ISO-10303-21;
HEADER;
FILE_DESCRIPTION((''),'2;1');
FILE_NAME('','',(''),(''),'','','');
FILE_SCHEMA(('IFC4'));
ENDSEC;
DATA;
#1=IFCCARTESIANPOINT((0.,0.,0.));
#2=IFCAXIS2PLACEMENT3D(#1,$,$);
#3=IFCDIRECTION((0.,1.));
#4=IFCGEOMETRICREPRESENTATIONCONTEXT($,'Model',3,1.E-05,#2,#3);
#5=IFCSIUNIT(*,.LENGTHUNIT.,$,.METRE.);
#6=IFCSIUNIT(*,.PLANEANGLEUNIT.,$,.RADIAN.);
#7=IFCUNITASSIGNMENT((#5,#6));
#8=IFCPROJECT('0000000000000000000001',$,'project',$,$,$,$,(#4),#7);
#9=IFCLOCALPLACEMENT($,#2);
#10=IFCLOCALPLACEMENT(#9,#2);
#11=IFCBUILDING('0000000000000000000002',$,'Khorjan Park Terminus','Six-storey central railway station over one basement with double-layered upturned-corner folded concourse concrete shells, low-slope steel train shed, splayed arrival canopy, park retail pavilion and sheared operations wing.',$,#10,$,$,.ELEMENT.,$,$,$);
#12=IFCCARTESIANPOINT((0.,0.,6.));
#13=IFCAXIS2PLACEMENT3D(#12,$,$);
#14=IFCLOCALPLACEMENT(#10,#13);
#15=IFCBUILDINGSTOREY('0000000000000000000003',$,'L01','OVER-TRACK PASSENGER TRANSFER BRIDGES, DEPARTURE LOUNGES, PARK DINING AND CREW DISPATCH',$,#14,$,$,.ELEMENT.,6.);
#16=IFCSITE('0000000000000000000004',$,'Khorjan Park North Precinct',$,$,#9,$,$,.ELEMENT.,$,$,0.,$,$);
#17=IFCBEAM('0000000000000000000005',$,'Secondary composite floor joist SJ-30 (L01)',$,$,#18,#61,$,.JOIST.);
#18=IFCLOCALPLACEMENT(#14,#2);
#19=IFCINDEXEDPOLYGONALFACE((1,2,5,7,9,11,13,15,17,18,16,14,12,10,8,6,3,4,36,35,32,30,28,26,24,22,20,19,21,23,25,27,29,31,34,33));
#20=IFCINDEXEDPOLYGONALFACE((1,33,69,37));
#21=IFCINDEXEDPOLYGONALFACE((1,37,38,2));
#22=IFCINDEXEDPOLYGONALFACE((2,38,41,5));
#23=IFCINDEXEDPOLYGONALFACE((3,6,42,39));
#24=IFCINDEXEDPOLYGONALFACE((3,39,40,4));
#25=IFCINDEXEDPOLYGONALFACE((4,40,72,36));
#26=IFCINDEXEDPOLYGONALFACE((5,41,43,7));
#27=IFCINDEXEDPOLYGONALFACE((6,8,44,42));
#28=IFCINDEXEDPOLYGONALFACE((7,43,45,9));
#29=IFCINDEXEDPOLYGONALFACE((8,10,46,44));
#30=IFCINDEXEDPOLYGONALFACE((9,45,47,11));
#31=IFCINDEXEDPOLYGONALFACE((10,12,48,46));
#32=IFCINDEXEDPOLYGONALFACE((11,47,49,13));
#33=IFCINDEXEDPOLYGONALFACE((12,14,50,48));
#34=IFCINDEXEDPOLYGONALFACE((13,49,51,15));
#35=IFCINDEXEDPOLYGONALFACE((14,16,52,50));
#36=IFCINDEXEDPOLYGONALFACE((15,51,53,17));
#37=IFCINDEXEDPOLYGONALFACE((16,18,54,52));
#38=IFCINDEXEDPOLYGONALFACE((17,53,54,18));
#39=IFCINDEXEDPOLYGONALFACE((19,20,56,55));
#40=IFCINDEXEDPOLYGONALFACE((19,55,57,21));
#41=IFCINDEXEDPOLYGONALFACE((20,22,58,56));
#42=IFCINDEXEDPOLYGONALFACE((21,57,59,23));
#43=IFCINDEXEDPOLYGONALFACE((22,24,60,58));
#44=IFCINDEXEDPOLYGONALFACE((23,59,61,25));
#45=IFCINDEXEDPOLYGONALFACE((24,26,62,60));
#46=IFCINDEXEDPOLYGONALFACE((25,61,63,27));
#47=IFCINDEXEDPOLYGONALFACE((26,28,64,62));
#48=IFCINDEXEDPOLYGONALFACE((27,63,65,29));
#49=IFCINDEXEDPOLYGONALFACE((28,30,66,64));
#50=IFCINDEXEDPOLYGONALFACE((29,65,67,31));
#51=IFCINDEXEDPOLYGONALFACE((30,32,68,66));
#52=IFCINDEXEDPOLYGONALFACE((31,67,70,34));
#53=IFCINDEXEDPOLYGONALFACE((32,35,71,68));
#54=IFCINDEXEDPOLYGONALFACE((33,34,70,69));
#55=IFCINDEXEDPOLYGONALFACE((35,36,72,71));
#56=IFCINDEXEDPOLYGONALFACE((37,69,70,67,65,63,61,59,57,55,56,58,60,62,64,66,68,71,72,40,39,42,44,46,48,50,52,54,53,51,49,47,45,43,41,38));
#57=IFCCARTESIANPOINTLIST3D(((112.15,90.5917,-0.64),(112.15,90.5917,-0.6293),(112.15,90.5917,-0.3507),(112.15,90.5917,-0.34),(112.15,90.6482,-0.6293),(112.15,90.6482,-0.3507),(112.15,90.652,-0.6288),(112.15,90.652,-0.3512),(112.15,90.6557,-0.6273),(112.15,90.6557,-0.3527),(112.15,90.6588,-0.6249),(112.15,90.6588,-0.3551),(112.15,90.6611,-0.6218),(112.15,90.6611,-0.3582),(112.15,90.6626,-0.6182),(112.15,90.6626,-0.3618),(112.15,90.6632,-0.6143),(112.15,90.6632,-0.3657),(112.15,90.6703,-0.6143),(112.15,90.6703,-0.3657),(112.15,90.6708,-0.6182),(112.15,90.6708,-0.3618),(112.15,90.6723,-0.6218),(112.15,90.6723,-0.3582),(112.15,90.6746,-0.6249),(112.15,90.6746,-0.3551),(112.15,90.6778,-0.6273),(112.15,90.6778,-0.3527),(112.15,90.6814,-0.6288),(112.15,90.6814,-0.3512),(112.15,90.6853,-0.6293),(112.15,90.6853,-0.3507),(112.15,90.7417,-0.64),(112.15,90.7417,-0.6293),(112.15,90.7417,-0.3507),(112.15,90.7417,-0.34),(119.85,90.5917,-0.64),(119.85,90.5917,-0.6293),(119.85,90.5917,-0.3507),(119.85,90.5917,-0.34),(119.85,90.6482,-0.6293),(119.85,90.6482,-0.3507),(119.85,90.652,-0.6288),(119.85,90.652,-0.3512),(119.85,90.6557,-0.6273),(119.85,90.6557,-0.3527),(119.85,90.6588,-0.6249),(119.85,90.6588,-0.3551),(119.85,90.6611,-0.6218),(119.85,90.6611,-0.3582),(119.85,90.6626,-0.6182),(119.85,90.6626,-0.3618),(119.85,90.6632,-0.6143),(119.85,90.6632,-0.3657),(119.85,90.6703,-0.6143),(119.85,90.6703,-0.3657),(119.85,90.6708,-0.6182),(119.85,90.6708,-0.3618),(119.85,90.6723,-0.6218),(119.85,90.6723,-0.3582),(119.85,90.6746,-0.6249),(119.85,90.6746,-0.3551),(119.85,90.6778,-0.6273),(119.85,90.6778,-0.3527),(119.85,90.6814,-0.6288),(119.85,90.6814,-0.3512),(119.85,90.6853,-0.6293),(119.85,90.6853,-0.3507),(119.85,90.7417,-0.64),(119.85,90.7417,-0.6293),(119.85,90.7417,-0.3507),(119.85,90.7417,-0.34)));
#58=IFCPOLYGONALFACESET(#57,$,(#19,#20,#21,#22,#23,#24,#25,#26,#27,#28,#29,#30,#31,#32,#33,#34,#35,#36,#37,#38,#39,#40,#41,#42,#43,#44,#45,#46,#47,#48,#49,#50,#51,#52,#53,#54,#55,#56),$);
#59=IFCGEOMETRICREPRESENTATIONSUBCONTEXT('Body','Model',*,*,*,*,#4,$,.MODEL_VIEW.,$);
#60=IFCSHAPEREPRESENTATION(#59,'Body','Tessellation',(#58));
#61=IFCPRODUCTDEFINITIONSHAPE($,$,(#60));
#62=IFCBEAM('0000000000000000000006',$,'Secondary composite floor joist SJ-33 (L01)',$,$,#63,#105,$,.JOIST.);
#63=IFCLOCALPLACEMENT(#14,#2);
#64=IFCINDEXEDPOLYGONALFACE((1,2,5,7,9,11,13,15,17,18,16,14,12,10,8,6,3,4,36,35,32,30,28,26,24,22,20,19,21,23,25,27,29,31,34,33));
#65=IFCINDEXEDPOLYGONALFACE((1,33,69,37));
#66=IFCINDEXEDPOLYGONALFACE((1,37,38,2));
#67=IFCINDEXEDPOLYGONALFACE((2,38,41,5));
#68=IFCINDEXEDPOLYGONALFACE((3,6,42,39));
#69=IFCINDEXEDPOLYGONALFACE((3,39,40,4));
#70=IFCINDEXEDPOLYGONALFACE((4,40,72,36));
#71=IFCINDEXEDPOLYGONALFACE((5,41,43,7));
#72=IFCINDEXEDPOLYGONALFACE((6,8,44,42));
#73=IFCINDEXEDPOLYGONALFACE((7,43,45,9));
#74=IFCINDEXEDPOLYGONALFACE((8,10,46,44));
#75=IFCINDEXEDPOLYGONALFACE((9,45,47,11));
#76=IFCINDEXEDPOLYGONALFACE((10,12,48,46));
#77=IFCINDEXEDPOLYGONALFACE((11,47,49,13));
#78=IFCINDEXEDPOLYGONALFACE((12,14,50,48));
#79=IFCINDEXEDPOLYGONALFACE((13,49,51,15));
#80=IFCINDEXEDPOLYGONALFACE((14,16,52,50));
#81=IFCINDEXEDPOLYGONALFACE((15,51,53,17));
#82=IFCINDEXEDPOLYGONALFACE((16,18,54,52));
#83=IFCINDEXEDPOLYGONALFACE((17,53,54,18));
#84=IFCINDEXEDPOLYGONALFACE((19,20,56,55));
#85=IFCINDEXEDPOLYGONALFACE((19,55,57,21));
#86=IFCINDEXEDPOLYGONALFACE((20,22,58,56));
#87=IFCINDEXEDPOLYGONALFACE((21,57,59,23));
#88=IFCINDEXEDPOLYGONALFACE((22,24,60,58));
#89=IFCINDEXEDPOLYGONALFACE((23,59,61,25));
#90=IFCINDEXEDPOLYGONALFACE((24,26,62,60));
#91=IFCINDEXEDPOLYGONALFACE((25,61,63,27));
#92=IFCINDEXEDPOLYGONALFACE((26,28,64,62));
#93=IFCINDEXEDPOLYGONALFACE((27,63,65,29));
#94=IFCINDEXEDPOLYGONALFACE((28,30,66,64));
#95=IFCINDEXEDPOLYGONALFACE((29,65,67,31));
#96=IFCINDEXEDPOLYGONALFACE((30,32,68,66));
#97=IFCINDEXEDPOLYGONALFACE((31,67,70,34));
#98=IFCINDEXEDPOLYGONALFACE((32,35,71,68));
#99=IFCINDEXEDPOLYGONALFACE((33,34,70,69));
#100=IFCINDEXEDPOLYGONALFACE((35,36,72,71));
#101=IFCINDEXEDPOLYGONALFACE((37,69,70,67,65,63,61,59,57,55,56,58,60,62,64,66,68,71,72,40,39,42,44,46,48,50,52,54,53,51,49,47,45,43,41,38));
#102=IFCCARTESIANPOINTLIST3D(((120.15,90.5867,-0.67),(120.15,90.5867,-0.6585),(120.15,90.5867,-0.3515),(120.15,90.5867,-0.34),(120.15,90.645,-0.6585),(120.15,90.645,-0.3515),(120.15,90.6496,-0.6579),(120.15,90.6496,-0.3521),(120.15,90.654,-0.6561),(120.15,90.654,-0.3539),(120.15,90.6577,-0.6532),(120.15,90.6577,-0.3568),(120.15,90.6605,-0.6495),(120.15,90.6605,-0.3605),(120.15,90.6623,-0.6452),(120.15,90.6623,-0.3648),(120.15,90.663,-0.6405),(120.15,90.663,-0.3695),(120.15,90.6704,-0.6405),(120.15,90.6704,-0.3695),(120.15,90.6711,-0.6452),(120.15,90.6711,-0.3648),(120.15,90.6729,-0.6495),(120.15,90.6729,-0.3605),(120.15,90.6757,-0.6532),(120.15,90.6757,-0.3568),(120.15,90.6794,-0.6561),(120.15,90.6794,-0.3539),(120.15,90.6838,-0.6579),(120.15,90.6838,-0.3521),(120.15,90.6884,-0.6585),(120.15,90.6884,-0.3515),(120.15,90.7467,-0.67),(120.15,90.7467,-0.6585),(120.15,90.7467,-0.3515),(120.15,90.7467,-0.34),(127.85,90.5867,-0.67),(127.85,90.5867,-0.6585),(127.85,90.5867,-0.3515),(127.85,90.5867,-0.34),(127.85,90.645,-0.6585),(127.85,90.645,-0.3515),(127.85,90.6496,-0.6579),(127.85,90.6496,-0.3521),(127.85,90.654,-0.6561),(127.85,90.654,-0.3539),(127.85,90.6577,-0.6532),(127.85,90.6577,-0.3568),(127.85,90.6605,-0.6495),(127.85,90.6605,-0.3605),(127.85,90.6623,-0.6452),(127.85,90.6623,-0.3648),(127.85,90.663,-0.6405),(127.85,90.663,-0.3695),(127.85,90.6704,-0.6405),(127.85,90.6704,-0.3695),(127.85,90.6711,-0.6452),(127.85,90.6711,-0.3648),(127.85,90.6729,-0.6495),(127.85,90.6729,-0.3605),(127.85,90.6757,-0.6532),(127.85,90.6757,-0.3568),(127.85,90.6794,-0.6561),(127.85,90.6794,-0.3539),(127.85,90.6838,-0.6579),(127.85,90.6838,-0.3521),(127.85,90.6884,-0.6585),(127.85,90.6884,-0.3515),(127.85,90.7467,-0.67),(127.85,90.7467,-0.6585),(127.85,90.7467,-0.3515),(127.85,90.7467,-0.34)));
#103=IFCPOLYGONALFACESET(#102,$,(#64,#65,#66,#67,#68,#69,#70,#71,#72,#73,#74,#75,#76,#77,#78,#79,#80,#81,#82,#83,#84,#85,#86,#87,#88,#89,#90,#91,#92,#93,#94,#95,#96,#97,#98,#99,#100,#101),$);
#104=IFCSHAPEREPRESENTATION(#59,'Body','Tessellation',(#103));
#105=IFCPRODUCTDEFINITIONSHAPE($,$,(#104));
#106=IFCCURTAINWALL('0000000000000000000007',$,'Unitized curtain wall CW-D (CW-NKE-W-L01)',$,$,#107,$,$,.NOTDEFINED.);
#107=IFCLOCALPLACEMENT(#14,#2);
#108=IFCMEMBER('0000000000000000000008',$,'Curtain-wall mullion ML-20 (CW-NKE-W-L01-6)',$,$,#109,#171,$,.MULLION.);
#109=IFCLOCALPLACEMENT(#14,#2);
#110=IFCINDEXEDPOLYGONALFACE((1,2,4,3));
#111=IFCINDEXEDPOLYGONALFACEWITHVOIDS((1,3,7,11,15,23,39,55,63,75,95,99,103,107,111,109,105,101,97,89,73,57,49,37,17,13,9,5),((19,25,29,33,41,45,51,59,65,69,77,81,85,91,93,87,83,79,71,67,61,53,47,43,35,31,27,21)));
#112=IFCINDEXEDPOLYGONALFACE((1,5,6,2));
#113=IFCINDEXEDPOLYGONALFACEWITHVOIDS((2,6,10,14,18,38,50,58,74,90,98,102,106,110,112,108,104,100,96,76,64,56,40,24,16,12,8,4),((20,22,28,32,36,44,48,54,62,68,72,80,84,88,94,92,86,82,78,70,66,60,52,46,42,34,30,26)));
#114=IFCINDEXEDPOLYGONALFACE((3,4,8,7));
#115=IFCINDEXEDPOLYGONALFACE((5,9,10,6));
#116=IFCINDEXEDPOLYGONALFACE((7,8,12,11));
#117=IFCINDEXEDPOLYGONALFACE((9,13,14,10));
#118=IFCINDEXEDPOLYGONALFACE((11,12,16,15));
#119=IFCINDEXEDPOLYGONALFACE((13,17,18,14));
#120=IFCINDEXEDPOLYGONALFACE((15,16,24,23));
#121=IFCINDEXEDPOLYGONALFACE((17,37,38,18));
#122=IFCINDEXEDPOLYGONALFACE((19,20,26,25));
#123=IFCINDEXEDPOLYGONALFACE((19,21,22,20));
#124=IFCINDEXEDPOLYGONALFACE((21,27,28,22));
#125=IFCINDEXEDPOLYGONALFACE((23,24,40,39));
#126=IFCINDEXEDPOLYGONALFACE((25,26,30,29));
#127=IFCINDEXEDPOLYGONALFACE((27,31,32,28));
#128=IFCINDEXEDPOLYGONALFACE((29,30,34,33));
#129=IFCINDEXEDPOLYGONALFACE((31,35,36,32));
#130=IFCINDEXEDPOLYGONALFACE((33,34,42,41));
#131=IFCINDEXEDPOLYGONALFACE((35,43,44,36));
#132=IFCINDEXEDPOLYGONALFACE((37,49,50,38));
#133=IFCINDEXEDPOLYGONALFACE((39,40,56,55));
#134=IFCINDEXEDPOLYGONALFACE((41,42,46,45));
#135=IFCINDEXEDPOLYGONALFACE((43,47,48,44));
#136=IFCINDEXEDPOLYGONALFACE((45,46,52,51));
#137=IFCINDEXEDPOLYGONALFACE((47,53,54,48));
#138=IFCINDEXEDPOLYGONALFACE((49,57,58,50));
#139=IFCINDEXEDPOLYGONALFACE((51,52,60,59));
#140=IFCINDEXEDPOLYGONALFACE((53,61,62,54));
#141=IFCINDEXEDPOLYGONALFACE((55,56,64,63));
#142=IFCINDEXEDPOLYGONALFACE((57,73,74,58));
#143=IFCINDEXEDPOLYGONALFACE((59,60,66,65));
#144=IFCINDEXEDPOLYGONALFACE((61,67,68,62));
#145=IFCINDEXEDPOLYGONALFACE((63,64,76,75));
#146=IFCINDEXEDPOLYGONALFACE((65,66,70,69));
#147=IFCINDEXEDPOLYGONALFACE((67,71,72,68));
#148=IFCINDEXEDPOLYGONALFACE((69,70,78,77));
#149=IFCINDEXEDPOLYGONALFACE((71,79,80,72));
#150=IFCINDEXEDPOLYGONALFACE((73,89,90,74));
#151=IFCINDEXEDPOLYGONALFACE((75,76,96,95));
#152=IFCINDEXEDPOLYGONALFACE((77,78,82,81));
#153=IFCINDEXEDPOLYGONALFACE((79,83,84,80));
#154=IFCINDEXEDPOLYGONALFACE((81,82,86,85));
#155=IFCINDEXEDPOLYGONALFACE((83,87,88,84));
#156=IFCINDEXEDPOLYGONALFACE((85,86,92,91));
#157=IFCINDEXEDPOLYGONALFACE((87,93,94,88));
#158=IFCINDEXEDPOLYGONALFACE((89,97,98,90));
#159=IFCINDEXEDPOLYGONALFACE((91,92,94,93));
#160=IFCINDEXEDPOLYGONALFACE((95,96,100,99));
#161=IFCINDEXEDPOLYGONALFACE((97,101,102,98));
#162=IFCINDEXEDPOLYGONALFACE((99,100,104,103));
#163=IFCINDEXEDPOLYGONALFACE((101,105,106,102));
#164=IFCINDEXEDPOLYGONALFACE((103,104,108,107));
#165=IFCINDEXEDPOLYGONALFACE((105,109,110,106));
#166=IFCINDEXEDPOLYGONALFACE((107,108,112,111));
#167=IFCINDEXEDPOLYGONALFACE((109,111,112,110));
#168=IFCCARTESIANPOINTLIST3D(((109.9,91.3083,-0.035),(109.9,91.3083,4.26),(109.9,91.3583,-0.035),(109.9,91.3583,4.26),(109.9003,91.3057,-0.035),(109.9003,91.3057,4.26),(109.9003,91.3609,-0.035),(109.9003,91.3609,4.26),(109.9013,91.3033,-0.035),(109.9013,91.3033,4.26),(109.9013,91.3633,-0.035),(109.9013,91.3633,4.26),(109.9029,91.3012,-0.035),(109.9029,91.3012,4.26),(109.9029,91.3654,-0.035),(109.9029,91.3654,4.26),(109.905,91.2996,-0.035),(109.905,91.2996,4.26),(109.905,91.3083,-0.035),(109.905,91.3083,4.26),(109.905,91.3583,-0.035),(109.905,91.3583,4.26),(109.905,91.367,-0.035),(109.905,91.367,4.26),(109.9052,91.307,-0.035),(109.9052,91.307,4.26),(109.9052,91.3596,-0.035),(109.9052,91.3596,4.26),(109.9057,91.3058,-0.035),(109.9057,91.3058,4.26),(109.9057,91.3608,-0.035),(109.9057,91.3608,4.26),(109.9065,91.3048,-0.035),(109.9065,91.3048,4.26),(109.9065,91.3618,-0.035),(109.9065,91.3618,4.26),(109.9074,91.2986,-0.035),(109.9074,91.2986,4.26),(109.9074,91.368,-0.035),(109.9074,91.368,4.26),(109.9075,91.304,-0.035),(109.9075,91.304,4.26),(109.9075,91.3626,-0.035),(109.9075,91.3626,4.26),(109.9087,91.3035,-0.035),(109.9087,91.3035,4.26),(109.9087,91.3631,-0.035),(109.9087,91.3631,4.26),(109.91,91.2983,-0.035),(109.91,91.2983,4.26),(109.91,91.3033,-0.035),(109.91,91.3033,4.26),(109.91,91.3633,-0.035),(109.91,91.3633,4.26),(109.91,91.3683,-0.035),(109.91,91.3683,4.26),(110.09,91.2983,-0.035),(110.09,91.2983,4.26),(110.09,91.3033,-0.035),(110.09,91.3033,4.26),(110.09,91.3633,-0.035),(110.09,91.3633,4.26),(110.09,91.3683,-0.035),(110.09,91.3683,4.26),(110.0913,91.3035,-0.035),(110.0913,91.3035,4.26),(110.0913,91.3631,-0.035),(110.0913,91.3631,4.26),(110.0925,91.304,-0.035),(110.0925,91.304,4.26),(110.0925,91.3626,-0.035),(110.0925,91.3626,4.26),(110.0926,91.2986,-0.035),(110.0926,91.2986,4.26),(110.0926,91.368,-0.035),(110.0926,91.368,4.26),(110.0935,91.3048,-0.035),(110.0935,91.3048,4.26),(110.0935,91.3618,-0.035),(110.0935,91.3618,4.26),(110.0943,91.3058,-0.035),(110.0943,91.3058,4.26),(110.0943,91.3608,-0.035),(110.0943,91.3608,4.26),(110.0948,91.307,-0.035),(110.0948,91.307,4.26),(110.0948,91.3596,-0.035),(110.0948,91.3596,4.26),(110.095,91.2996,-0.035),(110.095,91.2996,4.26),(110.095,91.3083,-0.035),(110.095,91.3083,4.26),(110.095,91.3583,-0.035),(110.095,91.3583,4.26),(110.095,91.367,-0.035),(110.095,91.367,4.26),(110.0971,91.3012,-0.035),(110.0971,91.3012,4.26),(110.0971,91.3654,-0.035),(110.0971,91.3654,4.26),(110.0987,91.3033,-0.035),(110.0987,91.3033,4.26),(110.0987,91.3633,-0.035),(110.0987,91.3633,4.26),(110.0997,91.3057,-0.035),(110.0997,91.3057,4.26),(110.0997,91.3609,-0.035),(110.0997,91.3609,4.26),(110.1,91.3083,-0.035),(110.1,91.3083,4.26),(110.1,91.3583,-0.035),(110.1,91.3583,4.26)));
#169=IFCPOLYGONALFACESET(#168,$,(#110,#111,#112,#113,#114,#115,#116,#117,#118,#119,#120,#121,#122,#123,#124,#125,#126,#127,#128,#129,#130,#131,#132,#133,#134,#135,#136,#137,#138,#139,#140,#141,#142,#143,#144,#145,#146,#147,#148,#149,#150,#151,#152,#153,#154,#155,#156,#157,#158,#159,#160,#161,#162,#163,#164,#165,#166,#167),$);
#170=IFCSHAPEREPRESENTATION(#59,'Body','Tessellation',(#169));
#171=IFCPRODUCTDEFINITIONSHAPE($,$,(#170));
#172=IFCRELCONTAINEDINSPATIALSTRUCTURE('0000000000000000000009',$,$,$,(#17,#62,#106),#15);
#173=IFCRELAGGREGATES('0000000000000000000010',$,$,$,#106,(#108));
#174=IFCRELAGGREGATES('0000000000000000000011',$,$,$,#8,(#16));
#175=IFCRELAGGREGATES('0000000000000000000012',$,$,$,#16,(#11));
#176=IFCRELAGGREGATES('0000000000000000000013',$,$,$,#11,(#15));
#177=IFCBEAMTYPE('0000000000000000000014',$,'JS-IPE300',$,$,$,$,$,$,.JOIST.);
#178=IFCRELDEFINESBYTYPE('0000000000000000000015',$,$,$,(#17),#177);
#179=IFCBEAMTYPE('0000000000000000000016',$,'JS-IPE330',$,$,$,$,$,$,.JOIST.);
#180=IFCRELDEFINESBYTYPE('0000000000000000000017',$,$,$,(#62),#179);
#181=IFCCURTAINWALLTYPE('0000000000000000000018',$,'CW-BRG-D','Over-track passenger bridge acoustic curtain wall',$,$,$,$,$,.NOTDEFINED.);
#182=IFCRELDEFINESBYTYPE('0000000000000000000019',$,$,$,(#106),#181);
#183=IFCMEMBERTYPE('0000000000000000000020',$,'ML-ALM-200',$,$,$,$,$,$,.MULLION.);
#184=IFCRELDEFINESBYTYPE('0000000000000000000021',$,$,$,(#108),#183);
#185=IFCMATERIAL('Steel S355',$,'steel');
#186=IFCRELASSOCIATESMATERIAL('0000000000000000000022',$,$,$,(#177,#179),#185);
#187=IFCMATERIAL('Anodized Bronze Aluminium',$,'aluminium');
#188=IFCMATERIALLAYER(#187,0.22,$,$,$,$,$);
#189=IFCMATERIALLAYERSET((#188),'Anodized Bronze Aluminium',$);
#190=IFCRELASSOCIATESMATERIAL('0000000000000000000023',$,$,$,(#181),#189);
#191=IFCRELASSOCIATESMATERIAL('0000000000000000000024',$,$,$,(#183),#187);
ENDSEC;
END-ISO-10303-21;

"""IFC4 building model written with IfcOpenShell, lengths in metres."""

from ifc_helpers import new_model, si_unit, direction, frame, origin, origin_2d, place, context, subcontext, project, spatial, hollow_rectangle, i_section, extrude, material, layer, layer_set, material_profile, profile_set, type_object, element, aggregate, save


model = new_model("IFC4")

# Units and contexts
model_context = context("Model", 3, precision=1e-05, world=origin(), true_north=direction((0.0, 1.0)))
body_context = subcontext(model_context, "Body", "Model", "MODEL_VIEW")
ifc_project = project(units=[si_unit("LENGTHUNIT", "METRE"), si_unit("PLANEANGLEUNIT", "RADIAN")], contexts=[model_context])

# Site, building, storey
site_placement = place(None, origin())
site = spatial("IfcSite", under=ifc_project, at=site_placement, Name="Khorjan Park North Precinct", CompositionType="ELEMENT", RefElevation=0.0)
building_placement = place(site_placement, origin())
building = spatial("IfcBuilding", under=site, at=building_placement, Name="Khorjan Park Terminus", Description="Six-storey central railway station over one basement with double-layered upturned-corner folded concourse concrete shells, low-slope steel train shed, splayed arrival canopy, park retail pavilion and sheared operations wing.", CompositionType="ELEMENT")
storey_placement = place(building_placement, frame((0.0, 0.0, 6.0)))
storey = spatial("IfcBuildingStorey", under=building, at=storey_placement, Name="L01", Description="OVER-TRACK PASSENGER TRANSFER BRIDGES, DEPARTURE LOUNGES, PARK DINING AND CREW DISPATCH", CompositionType="ELEMENT", Elevation=6.0)

# Beams
ifc_material_1 = material(Name="Steel S355", Category="steel")
ifc_material_profile_1 = material_profile(ifc_material_1, i_section(OverallWidth=0.15, OverallDepth=0.3, WebThickness=0.0071, FlangeThickness=0.0107, FilletRadius=0.015, at=origin_2d()), Name="IPE 300")
ifc_profile_set_1 = profile_set([ifc_material_profile_1], Name="Steel S355")
beam_type_1 = type_object("IfcBeamType", Name="JS-IPE300", PredefinedType="JOIST", material=ifc_profile_set_1)
beam_1_placement = place(storey_placement, frame((112.15, 90.6667, -0.49), z_axis=(1.0, 0.0, 0.0), x_axis=(0.0, 1.0, 0.0)))
element("IfcBeam", 1, at=beam_1_placement, inside=storey, type_object=beam_type_1, Name="Secondary composite floor joist SJ-30 (L01)", PredefinedType="JOIST", context=body_context, shape_type="SweptSolid", body=[
    extrude(i_section(OverallWidth=0.15, OverallDepth=0.3, WebThickness=0.0071, FlangeThickness=0.0107, FilletRadius=0.015, at=origin_2d()), origin(), (0.0, 0.0, 1.0), 7.7),
])
ifc_material_profile_2 = material_profile(ifc_material_1, i_section(OverallWidth=0.16, OverallDepth=0.33, WebThickness=0.0075, FlangeThickness=0.0115, FilletRadius=0.018, at=origin_2d()), Name="IPE 330")
ifc_profile_set_2 = profile_set([ifc_material_profile_2], Name="Steel S355")
beam_type_2 = type_object("IfcBeamType", Name="JS-IPE330", PredefinedType="JOIST", material=ifc_profile_set_2)
beam_2_placement = place(storey_placement, frame((120.15, 90.6667, -0.505), z_axis=(1.0, 0.0, 0.0), x_axis=(0.0, 1.0, 0.0)))
element("IfcBeam", 2, at=beam_2_placement, inside=storey, type_object=beam_type_2, Name="Secondary composite floor joist SJ-33 (L01)", PredefinedType="JOIST", context=body_context, shape_type="SweptSolid", body=[
    extrude(i_section(OverallWidth=0.16, OverallDepth=0.33, WebThickness=0.0075, FlangeThickness=0.0115, FilletRadius=0.018, at=origin_2d()), origin(), (0.0, 0.0, 1.0), 7.7),
])

# Curtain wall, member
ifc_material_2 = material(Name="Anodized Bronze Aluminium", Category="aluminium")
ifc_layer_1 = layer(ifc_material_2, 0.22)
ifc_layer_set_1 = layer_set([ifc_layer_1], Name="Anodized Bronze Aluminium")
curtain_wall_type = type_object("IfcCurtainWallType", Name="CW-BRG-D", Description="Over-track passenger bridge acoustic curtain wall", PredefinedType="NOTDEFINED", material=ifc_layer_set_1)
curtain_wall_1_placement = place(storey_placement, origin())
curtain_wall_1 = element("IfcCurtainWall", 3, at=curtain_wall_1_placement, inside=storey, type_object=curtain_wall_type, Name="Unitized curtain wall CW-D (CW-NKE-W-L01)", PredefinedType="NOTDEFINED")
ifc_material_profile_3 = material_profile(ifc_material_2, hollow_rectangle(XDim=0.07, YDim=0.2, WallThickness=0.005, InnerFilletRadius=0.005, OuterFilletRadius=0.01, at=origin_2d()), Name="ALM 70x200x5")
ifc_profile_set_3 = profile_set([ifc_material_profile_3], Name="Anodized Bronze Aluminium")
member_type_1 = type_object("IfcMemberType", Name="ML-ALM-200", PredefinedType="MULLION", material=ifc_profile_set_3)
member_1_placement = place(storey_placement, frame((110.0, 91.3333, -0.035), z_axis=(0.0, 0.0, 1.0), x_axis=(0.0, -1.0, 0.0)))
member_1 = element("IfcMember", 4, at=member_1_placement, type_object=member_type_1, Name="Curtain-wall mullion ML-20 (CW-NKE-W-L01-6)", PredefinedType="MULLION", context=body_context, shape_type="SweptSolid", body=[
    extrude(hollow_rectangle(XDim=0.07, YDim=0.2, WallThickness=0.005, InnerFilletRadius=0.005, OuterFilletRadius=0.01, at=origin_2d()), origin(), (0.0, 0.0, 1.0), 4.295),
])

aggregate(curtain_wall_1, [member_1])

save(model, "model.ifc")
